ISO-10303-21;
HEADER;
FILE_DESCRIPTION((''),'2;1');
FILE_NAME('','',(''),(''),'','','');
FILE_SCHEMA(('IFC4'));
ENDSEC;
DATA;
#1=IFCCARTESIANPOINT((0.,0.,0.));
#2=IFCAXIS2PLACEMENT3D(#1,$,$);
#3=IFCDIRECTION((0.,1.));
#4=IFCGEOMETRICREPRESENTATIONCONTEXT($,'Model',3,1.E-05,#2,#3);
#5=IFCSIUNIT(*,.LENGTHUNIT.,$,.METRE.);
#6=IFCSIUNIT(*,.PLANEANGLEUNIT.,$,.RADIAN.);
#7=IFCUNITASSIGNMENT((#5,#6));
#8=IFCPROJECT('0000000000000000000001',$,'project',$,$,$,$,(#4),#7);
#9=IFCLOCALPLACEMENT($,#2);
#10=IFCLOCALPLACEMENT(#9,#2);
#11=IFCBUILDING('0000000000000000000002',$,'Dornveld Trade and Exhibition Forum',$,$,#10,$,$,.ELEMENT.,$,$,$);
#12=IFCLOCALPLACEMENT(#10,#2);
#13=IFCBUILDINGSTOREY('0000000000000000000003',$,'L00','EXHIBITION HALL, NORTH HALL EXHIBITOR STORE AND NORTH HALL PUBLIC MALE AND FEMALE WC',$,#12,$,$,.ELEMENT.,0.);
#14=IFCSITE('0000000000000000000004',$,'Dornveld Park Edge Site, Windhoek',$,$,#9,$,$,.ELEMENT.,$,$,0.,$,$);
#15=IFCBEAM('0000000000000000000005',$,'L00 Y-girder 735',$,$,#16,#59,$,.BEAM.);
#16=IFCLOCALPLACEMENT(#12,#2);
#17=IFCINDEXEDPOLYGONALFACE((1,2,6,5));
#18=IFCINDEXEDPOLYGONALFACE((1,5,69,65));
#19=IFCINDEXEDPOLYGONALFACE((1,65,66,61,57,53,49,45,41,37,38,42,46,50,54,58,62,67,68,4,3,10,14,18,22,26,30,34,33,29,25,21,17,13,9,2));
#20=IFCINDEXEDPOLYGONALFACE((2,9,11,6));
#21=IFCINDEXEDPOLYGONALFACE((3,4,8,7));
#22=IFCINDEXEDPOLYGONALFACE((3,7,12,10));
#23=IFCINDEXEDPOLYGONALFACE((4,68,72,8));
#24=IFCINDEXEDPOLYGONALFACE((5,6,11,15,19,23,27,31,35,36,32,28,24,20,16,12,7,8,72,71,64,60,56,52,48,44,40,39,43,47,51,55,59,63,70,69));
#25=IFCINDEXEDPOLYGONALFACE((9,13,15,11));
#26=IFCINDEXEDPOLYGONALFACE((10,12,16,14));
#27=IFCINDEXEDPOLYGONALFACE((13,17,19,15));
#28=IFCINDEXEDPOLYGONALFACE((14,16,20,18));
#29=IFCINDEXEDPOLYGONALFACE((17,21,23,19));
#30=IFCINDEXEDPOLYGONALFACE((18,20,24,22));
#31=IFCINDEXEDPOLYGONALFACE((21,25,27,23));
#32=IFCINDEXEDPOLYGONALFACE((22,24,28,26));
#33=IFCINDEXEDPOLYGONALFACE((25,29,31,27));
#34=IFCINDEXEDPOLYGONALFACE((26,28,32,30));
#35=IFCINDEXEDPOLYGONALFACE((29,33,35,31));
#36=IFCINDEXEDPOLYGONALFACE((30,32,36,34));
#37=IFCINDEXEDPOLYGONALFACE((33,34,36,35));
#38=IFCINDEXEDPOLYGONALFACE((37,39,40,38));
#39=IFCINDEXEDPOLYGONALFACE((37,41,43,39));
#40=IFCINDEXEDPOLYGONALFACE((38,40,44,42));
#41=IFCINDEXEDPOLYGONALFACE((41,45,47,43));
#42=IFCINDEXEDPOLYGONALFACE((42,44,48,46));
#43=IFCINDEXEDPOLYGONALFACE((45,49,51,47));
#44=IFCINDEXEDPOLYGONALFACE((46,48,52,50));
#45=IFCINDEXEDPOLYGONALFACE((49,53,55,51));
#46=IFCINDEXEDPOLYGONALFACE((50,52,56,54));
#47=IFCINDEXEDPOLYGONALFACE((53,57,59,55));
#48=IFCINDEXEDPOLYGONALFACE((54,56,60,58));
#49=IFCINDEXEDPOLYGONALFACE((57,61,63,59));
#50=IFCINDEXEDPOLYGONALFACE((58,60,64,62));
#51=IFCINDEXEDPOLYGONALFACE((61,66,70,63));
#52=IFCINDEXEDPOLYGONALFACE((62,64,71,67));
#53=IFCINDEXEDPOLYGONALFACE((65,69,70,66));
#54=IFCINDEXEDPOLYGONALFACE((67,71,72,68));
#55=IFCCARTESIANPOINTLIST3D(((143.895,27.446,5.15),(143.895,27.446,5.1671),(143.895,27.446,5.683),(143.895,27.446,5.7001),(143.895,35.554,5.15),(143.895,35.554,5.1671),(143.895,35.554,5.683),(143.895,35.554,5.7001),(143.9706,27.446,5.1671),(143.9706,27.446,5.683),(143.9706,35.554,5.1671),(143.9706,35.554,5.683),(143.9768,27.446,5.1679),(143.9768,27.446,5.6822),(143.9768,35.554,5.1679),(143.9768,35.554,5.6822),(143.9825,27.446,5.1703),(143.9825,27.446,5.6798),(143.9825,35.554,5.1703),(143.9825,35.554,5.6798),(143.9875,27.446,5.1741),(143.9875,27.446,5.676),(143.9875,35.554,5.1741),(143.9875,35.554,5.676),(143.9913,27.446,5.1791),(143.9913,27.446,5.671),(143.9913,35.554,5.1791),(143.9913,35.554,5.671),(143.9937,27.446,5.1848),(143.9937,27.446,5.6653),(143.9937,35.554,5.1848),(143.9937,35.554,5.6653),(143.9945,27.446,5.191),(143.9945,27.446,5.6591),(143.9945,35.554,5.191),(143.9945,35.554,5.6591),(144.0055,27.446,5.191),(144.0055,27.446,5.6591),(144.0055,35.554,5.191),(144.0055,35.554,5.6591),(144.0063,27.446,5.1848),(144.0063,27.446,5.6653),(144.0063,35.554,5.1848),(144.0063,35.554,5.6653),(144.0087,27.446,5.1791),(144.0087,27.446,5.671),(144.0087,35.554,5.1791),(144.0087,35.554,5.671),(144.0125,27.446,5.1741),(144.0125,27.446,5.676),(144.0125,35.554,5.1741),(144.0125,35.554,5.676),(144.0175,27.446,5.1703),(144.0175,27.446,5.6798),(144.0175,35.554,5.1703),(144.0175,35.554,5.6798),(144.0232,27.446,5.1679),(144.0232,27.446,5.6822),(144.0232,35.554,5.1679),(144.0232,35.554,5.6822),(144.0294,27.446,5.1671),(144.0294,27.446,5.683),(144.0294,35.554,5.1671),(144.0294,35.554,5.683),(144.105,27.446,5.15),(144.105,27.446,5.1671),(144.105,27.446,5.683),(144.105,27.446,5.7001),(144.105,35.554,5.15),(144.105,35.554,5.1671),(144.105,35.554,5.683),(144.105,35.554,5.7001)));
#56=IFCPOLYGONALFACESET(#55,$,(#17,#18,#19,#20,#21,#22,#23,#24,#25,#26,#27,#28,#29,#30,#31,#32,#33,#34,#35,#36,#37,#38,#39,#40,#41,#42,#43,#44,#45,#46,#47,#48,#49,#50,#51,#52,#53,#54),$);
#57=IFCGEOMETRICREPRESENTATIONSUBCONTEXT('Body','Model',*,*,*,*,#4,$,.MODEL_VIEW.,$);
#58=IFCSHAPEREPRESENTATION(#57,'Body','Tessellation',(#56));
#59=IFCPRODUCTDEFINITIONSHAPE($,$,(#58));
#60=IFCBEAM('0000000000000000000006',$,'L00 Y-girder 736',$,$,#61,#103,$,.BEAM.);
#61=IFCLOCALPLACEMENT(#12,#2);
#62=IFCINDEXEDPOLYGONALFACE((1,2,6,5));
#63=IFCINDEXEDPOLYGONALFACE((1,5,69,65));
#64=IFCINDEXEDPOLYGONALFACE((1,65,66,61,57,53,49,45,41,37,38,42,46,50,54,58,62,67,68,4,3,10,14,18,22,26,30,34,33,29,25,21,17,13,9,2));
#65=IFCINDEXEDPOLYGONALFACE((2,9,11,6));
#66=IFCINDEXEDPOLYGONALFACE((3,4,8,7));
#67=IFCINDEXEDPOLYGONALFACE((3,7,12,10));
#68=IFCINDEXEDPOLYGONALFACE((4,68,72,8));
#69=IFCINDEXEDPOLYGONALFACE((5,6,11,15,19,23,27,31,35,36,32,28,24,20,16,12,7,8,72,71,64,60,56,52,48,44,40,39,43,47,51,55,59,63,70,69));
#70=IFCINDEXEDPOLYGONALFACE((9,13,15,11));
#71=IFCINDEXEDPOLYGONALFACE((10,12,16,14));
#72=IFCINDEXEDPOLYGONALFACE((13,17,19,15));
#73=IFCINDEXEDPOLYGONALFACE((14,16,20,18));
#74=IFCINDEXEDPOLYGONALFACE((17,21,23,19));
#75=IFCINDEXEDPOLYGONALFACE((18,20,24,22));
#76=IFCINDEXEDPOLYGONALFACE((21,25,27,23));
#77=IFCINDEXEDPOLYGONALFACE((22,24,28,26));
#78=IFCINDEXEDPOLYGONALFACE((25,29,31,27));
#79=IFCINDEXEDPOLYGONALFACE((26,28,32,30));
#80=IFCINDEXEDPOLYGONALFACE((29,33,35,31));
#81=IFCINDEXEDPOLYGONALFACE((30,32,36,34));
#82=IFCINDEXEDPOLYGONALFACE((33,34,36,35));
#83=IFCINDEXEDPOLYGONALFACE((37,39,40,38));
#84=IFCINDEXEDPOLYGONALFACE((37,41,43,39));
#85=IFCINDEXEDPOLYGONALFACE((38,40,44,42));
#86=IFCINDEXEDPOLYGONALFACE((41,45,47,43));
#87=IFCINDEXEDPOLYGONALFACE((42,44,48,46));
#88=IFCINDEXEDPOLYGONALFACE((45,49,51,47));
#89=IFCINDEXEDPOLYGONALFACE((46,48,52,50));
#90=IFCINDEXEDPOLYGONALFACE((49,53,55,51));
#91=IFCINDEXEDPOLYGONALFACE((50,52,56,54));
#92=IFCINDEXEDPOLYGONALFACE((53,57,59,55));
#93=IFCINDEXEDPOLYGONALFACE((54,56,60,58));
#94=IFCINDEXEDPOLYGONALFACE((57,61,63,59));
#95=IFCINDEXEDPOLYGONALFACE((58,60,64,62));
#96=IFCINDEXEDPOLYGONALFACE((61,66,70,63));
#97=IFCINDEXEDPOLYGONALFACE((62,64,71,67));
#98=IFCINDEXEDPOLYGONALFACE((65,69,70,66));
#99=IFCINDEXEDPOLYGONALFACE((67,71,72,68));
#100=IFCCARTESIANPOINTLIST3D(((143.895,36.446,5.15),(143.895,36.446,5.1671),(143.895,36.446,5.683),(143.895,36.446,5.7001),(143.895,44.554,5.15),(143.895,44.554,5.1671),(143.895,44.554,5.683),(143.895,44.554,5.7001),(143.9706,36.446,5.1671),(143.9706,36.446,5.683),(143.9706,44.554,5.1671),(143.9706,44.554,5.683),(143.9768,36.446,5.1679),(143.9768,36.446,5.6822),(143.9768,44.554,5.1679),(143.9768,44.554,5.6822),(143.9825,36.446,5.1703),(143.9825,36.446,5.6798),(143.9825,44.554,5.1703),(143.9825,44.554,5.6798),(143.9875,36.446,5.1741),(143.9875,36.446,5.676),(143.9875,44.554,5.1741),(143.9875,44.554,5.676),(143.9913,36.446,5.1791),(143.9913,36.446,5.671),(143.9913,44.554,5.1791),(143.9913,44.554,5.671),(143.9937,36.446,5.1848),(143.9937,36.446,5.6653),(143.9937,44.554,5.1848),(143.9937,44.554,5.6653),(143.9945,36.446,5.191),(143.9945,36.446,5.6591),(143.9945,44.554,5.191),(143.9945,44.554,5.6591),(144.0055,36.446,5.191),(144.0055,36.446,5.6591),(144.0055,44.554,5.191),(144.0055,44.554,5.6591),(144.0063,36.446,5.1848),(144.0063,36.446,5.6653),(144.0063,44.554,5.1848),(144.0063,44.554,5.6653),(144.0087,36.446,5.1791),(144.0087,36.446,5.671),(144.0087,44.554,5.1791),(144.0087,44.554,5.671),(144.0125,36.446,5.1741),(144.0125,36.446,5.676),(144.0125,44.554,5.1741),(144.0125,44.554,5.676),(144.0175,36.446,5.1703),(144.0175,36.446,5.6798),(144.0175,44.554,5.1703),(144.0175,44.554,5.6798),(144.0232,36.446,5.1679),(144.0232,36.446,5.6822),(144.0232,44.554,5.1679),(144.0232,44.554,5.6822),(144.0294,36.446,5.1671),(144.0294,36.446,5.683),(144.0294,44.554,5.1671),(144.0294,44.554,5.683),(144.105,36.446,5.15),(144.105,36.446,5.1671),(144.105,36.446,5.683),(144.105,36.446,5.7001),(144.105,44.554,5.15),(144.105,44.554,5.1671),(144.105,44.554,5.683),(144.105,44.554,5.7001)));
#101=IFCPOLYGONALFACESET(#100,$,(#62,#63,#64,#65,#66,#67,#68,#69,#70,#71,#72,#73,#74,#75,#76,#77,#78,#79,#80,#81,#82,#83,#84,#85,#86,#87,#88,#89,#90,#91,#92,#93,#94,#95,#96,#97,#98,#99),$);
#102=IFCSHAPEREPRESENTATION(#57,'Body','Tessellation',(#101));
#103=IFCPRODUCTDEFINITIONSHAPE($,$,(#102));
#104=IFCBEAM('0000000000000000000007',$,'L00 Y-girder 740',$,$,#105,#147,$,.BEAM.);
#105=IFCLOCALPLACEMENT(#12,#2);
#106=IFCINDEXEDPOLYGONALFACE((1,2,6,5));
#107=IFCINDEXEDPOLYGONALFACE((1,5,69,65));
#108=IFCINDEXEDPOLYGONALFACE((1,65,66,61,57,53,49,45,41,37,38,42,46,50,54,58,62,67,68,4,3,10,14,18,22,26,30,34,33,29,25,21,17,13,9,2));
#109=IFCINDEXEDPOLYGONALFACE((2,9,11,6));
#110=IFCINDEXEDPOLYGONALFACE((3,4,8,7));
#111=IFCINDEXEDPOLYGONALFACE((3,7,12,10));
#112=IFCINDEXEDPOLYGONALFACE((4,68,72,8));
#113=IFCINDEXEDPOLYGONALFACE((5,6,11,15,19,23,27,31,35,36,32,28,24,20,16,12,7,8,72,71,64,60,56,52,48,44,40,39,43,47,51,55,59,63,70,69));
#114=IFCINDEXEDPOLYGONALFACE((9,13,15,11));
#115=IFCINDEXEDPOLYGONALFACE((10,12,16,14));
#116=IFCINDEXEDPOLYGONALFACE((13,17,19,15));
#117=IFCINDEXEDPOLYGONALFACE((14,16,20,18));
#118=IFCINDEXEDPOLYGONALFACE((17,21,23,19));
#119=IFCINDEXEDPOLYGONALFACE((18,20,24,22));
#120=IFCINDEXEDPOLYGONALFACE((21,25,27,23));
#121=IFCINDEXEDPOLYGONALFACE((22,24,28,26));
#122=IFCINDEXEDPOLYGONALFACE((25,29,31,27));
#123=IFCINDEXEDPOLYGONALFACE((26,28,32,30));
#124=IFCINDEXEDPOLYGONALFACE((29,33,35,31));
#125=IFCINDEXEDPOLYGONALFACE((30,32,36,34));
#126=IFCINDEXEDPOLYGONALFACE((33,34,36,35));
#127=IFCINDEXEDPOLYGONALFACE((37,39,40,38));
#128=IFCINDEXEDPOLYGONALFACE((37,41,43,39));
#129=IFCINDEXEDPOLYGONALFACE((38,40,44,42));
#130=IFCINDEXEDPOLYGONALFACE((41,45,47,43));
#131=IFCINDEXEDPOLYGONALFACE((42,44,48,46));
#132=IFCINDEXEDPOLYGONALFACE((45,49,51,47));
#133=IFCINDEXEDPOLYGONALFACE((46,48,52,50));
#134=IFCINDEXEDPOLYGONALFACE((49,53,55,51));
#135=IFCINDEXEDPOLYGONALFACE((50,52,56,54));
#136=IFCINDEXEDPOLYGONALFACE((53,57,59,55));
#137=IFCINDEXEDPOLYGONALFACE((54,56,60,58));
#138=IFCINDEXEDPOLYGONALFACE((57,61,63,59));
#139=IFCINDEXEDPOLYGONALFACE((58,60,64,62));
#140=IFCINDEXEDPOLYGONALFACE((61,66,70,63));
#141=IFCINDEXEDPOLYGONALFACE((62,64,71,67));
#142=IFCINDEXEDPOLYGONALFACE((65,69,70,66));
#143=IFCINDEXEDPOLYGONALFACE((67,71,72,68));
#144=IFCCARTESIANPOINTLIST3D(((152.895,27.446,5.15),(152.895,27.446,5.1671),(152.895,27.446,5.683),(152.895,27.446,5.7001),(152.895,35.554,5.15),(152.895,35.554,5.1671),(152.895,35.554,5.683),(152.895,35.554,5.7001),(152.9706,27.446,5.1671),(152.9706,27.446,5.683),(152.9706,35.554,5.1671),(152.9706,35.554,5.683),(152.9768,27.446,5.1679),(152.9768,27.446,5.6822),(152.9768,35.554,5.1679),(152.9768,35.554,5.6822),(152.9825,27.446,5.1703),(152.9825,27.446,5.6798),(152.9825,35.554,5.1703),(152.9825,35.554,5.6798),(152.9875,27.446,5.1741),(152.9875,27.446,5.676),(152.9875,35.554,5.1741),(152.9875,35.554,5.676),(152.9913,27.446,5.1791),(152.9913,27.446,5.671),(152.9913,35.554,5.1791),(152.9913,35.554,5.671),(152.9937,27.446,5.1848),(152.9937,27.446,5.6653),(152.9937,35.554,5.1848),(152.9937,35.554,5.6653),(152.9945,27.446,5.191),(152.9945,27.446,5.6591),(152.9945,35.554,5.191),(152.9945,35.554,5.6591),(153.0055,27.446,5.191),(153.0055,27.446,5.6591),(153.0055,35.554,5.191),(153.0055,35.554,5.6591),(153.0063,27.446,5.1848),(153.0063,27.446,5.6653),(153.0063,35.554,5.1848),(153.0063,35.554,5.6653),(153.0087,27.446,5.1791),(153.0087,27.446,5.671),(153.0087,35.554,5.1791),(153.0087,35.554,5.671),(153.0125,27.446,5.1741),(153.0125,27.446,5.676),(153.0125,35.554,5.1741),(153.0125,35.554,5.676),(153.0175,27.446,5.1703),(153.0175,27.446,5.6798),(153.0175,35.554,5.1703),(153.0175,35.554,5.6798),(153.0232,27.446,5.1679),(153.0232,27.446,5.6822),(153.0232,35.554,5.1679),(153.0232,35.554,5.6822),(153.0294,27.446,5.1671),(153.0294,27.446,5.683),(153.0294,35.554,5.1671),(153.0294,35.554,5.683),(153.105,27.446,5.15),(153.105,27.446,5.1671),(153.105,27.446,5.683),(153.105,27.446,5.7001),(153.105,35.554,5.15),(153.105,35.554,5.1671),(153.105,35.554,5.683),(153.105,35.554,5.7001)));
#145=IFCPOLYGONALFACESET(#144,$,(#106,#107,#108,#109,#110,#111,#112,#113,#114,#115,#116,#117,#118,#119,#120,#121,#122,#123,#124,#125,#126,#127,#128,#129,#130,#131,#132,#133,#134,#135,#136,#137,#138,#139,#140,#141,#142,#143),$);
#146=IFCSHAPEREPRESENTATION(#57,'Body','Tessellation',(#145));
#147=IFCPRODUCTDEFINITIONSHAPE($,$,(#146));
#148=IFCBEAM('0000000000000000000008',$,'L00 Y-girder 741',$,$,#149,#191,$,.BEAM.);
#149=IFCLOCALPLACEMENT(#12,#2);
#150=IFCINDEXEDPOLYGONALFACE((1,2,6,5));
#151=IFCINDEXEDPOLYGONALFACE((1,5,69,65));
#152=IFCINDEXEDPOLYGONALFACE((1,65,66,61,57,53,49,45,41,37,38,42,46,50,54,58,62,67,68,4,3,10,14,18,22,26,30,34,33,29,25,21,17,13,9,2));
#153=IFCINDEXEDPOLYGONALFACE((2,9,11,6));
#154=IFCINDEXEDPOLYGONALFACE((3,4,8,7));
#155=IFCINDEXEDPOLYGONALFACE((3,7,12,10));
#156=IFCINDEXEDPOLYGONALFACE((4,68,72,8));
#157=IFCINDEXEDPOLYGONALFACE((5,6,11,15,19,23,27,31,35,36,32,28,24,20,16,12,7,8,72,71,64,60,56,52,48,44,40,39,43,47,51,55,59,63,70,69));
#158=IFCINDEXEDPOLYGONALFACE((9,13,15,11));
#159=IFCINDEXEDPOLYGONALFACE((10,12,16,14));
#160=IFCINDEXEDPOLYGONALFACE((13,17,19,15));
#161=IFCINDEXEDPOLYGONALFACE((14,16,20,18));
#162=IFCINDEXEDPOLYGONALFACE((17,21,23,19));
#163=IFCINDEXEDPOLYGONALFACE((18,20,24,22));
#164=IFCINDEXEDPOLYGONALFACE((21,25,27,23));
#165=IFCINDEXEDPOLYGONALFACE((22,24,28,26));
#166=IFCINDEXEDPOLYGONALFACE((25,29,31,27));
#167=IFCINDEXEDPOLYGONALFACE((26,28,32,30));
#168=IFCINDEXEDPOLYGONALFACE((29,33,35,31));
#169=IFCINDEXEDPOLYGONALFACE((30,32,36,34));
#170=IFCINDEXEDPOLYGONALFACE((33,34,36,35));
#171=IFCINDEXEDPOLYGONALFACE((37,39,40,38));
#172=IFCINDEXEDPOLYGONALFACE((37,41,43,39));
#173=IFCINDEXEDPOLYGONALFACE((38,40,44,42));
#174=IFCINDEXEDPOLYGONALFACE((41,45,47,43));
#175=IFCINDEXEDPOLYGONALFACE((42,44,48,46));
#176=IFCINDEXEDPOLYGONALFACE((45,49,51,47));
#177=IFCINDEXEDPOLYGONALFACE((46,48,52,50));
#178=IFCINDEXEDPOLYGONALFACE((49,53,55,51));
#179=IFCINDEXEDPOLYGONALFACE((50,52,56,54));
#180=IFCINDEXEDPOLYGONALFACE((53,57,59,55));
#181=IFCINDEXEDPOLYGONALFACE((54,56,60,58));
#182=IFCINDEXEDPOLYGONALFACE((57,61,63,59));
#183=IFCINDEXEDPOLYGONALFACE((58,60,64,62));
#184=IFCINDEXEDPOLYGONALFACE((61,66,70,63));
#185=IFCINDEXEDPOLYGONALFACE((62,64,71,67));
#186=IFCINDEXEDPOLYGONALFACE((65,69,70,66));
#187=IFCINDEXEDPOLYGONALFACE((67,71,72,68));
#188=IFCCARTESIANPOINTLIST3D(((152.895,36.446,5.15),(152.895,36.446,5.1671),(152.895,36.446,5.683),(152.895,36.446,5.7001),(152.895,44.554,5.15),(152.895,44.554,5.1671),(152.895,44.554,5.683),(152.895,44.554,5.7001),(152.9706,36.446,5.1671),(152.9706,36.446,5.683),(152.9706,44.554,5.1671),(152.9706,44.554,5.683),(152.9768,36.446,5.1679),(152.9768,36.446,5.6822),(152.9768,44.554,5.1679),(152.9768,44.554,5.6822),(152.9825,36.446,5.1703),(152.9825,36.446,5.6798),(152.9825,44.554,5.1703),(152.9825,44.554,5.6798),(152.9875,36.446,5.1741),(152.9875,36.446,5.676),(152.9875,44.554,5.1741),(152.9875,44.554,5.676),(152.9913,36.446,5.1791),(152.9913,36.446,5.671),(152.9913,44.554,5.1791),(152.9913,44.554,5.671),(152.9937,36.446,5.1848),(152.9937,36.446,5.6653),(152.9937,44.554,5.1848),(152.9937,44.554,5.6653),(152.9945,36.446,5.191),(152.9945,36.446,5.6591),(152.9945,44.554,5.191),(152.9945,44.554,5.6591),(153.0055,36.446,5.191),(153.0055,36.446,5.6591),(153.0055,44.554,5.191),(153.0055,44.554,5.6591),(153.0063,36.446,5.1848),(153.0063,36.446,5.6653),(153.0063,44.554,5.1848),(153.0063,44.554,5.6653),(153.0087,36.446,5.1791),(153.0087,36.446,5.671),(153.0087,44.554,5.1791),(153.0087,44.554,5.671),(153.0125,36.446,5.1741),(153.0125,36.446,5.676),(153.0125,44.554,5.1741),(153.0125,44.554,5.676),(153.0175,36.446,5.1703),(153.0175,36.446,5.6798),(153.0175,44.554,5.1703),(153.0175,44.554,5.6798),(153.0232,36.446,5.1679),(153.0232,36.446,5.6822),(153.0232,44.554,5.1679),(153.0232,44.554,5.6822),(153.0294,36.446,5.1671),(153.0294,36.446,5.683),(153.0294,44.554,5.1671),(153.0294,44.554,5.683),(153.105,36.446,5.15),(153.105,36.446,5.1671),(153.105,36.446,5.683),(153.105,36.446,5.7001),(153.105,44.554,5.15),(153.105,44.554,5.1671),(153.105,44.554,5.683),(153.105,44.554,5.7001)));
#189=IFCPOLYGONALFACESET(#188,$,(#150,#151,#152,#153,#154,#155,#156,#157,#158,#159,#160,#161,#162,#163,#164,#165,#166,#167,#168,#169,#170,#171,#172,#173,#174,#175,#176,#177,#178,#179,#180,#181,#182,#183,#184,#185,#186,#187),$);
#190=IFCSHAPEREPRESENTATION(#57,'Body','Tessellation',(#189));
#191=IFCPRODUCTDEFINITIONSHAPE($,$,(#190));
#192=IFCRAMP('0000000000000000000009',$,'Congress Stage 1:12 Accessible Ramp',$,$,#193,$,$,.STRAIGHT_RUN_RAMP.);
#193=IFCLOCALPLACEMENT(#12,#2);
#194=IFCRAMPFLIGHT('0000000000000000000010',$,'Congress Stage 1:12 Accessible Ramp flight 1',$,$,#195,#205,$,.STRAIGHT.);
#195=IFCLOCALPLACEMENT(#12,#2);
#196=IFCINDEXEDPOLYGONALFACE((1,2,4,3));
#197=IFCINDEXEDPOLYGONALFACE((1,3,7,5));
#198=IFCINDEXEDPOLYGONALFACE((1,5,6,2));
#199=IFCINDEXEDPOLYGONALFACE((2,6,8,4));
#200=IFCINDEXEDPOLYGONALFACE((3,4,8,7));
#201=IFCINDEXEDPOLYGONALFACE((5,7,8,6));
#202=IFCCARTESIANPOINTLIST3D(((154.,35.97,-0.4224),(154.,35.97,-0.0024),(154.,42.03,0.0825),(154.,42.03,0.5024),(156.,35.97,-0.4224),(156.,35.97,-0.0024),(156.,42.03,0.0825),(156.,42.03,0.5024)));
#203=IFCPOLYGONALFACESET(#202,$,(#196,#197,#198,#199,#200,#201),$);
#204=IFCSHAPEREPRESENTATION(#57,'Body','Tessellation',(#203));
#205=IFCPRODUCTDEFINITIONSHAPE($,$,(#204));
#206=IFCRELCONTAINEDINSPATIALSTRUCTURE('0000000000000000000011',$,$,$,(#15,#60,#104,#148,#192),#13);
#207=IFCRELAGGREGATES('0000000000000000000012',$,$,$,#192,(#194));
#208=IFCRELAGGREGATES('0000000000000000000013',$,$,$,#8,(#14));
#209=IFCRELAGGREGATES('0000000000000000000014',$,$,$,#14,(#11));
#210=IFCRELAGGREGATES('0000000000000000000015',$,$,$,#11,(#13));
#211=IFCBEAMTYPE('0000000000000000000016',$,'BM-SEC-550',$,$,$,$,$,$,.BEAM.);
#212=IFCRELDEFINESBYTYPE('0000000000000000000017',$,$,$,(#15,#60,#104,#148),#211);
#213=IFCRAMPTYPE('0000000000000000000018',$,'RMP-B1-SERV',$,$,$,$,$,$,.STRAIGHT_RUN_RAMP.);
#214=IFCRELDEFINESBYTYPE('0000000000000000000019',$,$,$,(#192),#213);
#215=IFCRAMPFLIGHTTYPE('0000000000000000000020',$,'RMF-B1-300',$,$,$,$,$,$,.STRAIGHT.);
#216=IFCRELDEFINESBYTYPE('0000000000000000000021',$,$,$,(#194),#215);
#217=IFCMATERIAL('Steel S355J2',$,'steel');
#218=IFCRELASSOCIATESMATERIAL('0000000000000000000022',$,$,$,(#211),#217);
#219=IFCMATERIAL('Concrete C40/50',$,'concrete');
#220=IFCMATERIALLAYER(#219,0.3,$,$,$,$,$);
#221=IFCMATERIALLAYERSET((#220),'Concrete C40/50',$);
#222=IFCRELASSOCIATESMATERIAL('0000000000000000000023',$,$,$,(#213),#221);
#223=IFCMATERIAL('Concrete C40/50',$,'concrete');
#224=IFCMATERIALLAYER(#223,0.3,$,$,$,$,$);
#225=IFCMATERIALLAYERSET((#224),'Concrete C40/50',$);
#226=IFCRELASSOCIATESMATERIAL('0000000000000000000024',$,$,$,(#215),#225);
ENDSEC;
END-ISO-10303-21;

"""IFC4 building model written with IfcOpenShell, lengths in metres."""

from ifc_helpers import new_model, si_unit, direction, frame, origin, origin_2d, place, context, subcontext, project, spatial, polyline, i_section, outline, extrude, material, layer, layer_set, material_profile, profile_set, type_object, element, aggregate, save


model = new_model("IFC4")

# Units and contexts
model_context = context("Model", 3, precision=1e-05, world=origin(), true_north=direction((0.0, 1.0)))
body_context = subcontext(model_context, "Body", "Model", "MODEL_VIEW")
ifc_project = project(units=[si_unit("LENGTHUNIT", "METRE"), si_unit("PLANEANGLEUNIT", "RADIAN")], contexts=[model_context])

# Site, building, storey
site_placement = place(None, origin())
site = spatial("IfcSite", under=ifc_project, at=site_placement, Name="Dornveld Park Edge Site, Windhoek", CompositionType="ELEMENT", RefElevation=0.0)
building_placement = place(site_placement, origin())
building = spatial("IfcBuilding", under=site, at=building_placement, Name="Dornveld Trade and Exhibition Forum", CompositionType="ELEMENT")
storey_placement = place(building_placement, origin())
storey = spatial("IfcBuildingStorey", under=building, at=storey_placement, Name="L00", Description="EXHIBITION HALL, NORTH HALL EXHIBITOR STORE AND NORTH HALL PUBLIC MALE AND FEMALE WC", CompositionType="ELEMENT", Elevation=0.0)

# Beams
ifc_material_1 = material(Name="Steel S355J2", Category="steel")
ifc_material_profile_1 = material_profile(ifc_material_1, i_section(OverallWidth=0.21, OverallDepth=0.55, WebThickness=0.011, FlangeThickness=0.0171, FilletRadius=0.0239, at=origin_2d()), Name="IPE 550")
ifc_profile_set_1 = profile_set([ifc_material_profile_1], Name="Steel S355J2")
beam_type_1 = type_object("IfcBeamType", Name="BM-SEC-550", PredefinedType="BEAM", material=ifc_profile_set_1)
for number, where, z_axis, x_axis, name in (
    (1, (144.0, 27.446, 5.425), (0.0, 1.0, 0.0), (-1.0, 0.0, 0.0), "L00 Y-girder 735"),
    (2, (144.0, 36.446, 5.425), (0.0, 1.0, 0.0), (-1.0, 0.0, 0.0), "L00 Y-girder 736"),
    (3, (153.0, 27.446, 5.425), (0.0, 1.0, 0.0), (-1.0, 0.0, 0.0), "L00 Y-girder 740"),
    (4, (153.0, 36.446, 5.425), (0.0, 1.0, 0.0), (-1.0, 0.0, 0.0), "L00 Y-girder 741"),
):
    element("IfcBeam", number, at=place(storey_placement, frame(where, z_axis=z_axis, x_axis=x_axis)), inside=storey, type_object=beam_type_1, Name=name, PredefinedType="BEAM", context=body_context, shape_type="SweptSolid", body=[
        extrude(i_section(OverallWidth=0.21, OverallDepth=0.55, WebThickness=0.011, FlangeThickness=0.0171, FilletRadius=0.0239, at=origin_2d()), origin(), (0.0, 0.0, 1.0), 8.1079),
    ])

# Ramp, ramp flight
ifc_material_2 = material(Name="Concrete C40/50", Category="concrete")
ifc_layer_1 = layer(ifc_material_2, 0.3)
ifc_layer_set_1 = layer_set([ifc_layer_1], Name="Concrete C40/50")
ramp_type = type_object("IfcRampType", Name="RMP-B1-SERV", PredefinedType="STRAIGHT_RUN_RAMP", material=ifc_layer_set_1)
ramp_placement = place(storey_placement, origin())
ramp = element("IfcRamp", 5, at=ramp_placement, inside=storey, type_object=ramp_type, Name="Congress Stage 1:12 Accessible Ramp", PredefinedType="STRAIGHT_RUN_RAMP")
ifc_material_3 = material(Name="Concrete C40/50", Category="concrete")
ifc_layer_2 = layer(ifc_material_3, 0.3)
ifc_layer_set_2 = layer_set([ifc_layer_2], Name="Concrete C40/50")
ramp_flight_type = type_object("IfcRampFlightType", Name="RMF-B1-300", PredefinedType="STRAIGHT", material=ifc_layer_set_2)
ramp_flight_placement = place(storey_placement, frame((155.0, 35.97, -0.0024), z_axis=(0.0, 0.0, 1.0), x_axis=(0.0, 1.0, 0.0)))
ramp_flight = element("IfcRampFlight", 6, at=ramp_flight_placement, type_object=ramp_flight_type, Name="Congress Stage 1:12 Accessible Ramp flight 1", PredefinedType="STRAIGHT", context=body_context, shape_type="SweptSolid", body=[
    extrude(outline(polyline([(0.0, -0.4199), (0.0, 0.0), (6.0601, 0.5049), (6.0601, 0.085), (0.0, -0.4199)])), frame((0.0, 1.0, 0.0), z_axis=(0.0, -1.0, 0.0), x_axis=(1.0, 0.0, 0.0)), (0.0, 0.0, 1.0), 2.0),
])
aggregate(ramp, [ramp_flight])

save(model, "model.ifc")
